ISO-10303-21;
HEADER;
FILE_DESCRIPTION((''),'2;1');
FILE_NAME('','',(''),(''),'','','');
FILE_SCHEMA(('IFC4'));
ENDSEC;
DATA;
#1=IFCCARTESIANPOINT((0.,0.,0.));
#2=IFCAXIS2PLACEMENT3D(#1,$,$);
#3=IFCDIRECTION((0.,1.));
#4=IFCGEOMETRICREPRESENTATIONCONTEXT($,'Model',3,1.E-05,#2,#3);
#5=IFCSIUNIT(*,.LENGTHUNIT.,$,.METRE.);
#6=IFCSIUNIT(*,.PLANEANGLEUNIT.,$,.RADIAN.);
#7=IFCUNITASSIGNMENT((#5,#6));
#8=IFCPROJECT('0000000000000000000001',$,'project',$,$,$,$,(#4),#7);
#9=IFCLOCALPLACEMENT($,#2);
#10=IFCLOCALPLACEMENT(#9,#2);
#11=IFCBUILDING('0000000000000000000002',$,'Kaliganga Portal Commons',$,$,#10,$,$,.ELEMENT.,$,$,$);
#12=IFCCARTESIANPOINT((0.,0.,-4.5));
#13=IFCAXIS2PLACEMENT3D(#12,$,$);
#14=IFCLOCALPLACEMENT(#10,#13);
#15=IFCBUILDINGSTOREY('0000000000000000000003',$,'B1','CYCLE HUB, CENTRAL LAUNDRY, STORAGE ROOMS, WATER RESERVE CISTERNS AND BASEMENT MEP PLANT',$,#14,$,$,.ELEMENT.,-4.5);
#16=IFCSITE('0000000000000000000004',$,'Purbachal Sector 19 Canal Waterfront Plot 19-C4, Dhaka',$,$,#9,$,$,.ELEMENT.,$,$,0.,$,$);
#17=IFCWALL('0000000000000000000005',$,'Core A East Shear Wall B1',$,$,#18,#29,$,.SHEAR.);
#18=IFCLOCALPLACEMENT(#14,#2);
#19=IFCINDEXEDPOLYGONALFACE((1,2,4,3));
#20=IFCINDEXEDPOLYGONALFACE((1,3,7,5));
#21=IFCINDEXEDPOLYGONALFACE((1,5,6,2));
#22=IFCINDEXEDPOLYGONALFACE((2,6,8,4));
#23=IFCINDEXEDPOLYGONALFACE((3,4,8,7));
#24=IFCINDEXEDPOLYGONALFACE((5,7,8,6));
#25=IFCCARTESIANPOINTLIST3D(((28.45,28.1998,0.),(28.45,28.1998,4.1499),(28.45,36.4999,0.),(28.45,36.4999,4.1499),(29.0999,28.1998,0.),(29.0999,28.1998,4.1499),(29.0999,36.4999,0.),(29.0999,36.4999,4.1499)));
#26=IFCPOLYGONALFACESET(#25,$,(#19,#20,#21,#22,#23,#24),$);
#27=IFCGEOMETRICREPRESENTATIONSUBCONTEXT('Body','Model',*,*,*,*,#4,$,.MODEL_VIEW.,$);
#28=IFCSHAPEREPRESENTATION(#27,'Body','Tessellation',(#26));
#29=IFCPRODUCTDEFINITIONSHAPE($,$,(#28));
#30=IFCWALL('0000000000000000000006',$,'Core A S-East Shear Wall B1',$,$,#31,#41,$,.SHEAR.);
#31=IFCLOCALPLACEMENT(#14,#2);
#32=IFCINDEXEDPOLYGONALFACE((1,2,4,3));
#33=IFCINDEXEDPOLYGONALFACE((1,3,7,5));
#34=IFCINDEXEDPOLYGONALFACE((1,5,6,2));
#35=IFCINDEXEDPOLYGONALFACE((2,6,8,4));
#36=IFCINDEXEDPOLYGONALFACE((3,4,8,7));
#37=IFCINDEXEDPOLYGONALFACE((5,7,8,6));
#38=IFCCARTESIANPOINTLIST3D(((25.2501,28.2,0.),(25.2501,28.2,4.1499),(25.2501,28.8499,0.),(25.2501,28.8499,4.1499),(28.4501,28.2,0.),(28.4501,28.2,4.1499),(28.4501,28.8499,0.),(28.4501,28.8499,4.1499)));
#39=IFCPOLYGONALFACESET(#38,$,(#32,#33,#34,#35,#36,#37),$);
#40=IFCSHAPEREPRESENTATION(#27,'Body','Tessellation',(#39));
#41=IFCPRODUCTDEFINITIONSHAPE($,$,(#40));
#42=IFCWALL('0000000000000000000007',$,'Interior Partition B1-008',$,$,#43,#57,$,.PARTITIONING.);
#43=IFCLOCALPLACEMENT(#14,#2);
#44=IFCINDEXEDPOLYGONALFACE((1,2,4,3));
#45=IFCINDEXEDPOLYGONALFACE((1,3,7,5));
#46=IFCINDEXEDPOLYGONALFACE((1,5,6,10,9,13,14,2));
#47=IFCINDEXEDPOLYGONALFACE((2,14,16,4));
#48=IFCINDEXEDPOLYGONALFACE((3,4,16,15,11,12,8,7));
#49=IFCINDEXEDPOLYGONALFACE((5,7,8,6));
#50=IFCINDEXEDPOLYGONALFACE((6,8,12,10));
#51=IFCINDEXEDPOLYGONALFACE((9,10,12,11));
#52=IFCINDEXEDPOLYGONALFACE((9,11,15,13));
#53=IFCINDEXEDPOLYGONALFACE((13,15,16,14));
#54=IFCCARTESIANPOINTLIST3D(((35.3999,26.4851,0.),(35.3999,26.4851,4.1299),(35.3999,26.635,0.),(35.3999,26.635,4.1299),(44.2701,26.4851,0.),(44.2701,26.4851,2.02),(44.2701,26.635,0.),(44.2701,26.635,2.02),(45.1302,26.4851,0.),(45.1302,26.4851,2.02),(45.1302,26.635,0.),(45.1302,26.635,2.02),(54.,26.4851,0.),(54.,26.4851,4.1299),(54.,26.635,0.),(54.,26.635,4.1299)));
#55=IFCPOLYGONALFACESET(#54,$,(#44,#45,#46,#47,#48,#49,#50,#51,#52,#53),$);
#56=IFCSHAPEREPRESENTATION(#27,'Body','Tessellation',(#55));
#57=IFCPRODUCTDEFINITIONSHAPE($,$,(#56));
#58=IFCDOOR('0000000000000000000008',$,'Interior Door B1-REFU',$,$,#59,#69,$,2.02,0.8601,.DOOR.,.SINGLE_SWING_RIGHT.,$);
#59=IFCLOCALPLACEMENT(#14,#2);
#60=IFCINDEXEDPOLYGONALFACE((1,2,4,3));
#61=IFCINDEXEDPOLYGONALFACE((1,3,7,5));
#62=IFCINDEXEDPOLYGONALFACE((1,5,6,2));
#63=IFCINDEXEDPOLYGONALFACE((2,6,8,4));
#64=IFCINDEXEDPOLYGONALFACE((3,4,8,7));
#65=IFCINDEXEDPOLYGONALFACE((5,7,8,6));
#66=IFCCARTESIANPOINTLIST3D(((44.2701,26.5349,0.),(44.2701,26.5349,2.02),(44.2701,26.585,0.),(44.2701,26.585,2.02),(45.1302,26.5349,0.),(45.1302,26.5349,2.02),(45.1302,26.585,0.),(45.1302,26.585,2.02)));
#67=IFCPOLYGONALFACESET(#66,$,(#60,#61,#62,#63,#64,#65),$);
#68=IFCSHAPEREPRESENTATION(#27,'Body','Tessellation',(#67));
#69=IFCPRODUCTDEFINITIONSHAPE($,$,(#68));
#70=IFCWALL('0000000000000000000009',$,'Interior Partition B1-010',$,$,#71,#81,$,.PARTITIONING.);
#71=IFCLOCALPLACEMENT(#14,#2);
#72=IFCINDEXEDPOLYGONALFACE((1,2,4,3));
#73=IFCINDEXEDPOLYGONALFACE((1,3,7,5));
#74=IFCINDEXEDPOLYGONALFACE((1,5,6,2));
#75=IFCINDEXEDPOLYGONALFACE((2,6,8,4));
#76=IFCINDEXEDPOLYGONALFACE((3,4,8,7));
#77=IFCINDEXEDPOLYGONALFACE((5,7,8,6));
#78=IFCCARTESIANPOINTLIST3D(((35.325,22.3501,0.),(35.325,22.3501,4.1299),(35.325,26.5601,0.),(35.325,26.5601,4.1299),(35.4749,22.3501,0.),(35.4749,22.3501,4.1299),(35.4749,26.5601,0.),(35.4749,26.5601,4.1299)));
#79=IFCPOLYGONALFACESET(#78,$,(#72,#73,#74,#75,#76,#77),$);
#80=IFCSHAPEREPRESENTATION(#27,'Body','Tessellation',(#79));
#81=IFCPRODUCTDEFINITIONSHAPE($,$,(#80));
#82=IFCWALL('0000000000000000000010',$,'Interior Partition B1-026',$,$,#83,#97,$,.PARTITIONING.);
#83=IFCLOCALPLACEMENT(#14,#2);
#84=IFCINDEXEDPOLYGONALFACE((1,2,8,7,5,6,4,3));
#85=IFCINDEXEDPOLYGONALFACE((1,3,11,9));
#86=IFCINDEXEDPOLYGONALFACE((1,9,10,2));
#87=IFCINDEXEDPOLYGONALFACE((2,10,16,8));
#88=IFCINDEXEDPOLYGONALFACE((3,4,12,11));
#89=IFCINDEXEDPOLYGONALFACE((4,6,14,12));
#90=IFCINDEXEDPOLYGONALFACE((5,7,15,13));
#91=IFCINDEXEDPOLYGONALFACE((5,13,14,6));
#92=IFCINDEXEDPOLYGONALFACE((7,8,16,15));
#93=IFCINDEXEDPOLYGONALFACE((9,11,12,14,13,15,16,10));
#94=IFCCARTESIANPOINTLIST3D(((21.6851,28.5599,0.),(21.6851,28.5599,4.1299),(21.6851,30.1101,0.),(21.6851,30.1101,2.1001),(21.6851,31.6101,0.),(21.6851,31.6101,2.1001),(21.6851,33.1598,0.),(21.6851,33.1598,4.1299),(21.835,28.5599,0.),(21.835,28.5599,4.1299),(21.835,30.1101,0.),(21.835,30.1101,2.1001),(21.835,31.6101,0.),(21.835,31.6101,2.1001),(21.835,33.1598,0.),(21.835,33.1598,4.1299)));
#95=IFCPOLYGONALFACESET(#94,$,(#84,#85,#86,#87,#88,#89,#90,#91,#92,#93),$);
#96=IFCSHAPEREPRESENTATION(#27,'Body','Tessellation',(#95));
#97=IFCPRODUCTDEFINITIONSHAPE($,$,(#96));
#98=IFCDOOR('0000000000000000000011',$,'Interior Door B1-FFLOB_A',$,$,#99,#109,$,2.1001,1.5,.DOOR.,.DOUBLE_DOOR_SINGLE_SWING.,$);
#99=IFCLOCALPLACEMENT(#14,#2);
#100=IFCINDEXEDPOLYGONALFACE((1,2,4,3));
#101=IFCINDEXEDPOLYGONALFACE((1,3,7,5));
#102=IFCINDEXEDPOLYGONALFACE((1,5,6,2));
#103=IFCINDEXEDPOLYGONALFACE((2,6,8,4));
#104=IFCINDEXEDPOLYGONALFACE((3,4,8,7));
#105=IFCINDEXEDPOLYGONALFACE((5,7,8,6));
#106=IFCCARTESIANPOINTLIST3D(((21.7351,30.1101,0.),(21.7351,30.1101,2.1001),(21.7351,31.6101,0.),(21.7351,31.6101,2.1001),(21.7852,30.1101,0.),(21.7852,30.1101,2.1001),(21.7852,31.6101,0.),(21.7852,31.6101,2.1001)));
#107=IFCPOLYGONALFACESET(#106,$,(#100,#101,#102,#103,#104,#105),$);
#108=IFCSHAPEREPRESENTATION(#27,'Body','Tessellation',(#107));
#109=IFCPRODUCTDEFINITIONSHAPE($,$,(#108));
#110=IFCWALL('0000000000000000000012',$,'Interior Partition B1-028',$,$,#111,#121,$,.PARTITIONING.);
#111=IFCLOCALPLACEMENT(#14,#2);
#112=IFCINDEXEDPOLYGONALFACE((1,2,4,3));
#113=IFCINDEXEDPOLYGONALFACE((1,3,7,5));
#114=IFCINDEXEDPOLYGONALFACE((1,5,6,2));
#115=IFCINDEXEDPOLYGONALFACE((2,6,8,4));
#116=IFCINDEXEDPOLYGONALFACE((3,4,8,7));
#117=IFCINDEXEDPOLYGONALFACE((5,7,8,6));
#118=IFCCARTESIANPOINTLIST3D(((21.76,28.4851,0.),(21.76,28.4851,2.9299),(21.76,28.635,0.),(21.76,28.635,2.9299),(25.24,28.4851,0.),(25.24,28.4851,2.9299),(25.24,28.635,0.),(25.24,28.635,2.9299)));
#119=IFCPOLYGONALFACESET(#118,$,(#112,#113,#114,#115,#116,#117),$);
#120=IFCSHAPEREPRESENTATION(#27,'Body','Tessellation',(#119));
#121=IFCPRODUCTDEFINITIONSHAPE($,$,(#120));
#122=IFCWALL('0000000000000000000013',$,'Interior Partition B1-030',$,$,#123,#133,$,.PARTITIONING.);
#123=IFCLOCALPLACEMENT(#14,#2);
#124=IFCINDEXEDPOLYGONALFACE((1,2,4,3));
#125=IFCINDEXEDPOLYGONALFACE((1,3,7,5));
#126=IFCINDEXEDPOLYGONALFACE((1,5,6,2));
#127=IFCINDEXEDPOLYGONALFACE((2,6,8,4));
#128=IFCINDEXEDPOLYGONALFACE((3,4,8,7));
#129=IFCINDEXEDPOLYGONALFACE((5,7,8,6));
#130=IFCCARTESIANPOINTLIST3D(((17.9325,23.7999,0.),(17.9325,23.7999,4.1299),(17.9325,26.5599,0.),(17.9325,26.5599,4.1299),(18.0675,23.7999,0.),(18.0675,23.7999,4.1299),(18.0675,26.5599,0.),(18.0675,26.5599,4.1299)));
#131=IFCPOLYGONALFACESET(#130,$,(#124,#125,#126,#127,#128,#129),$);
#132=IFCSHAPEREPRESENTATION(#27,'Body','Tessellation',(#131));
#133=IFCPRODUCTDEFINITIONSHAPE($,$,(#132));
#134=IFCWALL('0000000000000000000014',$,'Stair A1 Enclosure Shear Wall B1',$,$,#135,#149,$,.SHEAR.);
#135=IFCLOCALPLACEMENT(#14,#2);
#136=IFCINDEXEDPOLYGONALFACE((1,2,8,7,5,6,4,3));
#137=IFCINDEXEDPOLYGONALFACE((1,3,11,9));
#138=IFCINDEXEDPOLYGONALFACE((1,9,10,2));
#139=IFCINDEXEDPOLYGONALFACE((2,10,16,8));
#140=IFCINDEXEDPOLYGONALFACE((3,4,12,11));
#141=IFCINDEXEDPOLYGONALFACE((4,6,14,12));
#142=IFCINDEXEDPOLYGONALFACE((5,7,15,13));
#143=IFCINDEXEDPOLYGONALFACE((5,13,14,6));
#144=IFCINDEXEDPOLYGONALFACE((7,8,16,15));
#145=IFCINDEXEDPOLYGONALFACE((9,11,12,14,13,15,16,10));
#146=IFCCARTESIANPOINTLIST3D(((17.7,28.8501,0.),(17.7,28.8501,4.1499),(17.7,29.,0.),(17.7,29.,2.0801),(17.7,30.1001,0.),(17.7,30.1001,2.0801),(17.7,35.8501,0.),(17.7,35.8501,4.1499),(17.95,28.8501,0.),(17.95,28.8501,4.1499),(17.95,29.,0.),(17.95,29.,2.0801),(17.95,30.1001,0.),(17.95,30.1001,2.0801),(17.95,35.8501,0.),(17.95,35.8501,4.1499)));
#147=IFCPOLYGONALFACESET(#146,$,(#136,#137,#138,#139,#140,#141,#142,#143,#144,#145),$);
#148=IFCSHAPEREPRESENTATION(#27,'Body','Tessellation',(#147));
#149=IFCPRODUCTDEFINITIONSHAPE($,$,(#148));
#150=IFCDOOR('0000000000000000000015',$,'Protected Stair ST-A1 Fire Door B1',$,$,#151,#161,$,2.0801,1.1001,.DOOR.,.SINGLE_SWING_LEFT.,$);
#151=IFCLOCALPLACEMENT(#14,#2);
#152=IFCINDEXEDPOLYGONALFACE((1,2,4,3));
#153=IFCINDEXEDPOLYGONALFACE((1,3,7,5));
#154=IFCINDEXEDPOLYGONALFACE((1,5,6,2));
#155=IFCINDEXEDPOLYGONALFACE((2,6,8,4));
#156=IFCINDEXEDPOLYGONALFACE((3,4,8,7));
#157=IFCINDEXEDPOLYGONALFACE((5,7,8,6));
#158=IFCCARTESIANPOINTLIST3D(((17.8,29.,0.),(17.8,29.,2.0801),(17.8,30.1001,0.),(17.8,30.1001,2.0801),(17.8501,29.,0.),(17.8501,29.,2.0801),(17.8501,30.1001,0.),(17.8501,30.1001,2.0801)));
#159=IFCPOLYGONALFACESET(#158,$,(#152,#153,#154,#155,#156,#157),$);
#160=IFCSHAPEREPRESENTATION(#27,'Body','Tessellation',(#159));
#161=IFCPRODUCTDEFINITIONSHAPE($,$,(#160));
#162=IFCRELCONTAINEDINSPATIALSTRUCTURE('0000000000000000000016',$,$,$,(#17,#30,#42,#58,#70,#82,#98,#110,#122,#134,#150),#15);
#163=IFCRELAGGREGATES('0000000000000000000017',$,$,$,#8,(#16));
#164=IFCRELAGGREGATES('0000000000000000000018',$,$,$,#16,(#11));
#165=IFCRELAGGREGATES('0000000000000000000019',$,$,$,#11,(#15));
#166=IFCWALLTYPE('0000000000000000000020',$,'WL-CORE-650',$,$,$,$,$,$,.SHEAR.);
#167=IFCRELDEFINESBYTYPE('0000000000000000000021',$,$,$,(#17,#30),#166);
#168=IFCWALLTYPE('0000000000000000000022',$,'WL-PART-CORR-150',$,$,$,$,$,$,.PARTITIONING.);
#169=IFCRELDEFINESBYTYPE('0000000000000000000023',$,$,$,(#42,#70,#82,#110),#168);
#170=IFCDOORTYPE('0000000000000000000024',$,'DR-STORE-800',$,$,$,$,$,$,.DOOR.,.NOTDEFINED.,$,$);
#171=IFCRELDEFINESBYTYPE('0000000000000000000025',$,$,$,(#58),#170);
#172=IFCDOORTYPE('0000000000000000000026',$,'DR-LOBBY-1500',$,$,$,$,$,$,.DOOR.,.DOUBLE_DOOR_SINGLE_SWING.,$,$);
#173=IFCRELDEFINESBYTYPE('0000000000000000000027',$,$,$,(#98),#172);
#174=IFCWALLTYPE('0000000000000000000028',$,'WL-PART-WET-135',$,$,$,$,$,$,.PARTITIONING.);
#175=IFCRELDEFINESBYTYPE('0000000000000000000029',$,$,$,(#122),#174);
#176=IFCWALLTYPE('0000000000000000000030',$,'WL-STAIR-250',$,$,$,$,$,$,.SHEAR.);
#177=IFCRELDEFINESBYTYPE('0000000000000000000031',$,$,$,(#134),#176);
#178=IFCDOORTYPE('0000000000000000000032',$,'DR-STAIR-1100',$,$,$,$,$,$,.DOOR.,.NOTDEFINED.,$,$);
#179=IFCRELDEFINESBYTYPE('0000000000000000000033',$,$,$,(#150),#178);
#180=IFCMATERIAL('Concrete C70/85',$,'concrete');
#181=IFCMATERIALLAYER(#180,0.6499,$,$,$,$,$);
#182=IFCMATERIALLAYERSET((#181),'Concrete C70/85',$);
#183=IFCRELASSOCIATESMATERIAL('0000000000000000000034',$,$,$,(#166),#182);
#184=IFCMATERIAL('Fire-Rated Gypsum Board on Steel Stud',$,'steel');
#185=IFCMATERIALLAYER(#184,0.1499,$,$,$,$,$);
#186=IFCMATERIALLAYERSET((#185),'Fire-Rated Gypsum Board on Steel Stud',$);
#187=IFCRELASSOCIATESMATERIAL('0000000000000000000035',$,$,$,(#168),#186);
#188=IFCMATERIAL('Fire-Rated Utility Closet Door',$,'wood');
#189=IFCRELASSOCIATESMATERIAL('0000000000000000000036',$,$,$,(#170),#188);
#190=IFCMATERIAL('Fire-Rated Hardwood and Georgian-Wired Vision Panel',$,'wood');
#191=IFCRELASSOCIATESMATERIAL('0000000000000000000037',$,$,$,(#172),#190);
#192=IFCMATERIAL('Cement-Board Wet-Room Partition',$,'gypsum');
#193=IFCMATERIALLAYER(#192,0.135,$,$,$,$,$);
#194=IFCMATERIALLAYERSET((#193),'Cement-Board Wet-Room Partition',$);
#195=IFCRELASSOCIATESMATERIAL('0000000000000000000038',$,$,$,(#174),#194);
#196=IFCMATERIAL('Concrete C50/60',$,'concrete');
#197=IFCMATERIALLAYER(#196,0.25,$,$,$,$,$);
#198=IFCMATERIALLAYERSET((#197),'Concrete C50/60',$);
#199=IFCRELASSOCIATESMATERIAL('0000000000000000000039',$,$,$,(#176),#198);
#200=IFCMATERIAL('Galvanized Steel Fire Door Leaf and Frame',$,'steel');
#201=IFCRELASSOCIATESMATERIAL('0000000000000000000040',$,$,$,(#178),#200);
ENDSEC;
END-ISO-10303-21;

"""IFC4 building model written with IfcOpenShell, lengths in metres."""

from ifc_helpers import new_model, si_unit, direction, frame, frame_2d, origin, place, context, subcontext, project, spatial, rectangle, extrude, material, layer, layer_set, type_object, element, fill, save


model = new_model("IFC4")

# Units and contexts
model_context = context("Model", 3, precision=1e-05, world=origin(), true_north=direction((0.0, 1.0)))
body_context = subcontext(model_context, "Body", "Model", "MODEL_VIEW")
ifc_project = project(units=[si_unit("LENGTHUNIT", "METRE"), si_unit("PLANEANGLEUNIT", "RADIAN")], contexts=[model_context])

# Site, building, storey
site_placement = place(None, origin())
site = spatial("IfcSite", under=ifc_project, at=site_placement, Name="Purbachal Sector 19 Canal Waterfront Plot 19-C4, Dhaka", CompositionType="ELEMENT", RefElevation=0.0)
building_placement = place(site_placement, origin())
building = spatial("IfcBuilding", under=site, at=building_placement, Name="Kaliganga Portal Commons", CompositionType="ELEMENT")
storey_placement = place(building_placement, frame((0.0, 0.0, -4.5)))
storey = spatial("IfcBuildingStorey", under=building, at=storey_placement, Name="B1", Description="CYCLE HUB, CENTRAL LAUNDRY, STORAGE ROOMS, WATER RESERVE CISTERNS AND BASEMENT MEP PLANT", CompositionType="ELEMENT", Elevation=-4.5)

# Shared definitions
ifc_material_1 = material(Name="Concrete C70/85", Category="concrete")

# Walls
ifc_layer_1 = layer(ifc_material_1, 0.6499)
ifc_layer_set_1 = layer_set([ifc_layer_1], Name="Concrete C70/85")
wall_type_1 = type_object("IfcWallType", Name="WL-CORE-650", PredefinedType="SHEAR", material=ifc_layer_set_1)
wall_1_placement = place(storey_placement, frame((28.7749, 28.2, 0.0), z_axis=(0.0, 0.0, 1.0), x_axis=(0.0, 1.0, 0.0)))
element("IfcWall", 1, at=wall_1_placement, inside=storey, type_object=wall_type_1, Name="Core A East Shear Wall B1", PredefinedType="SHEAR", context=body_context, shape_type="SweptSolid", body=[
    extrude(rectangle(XDim=8.3, YDim=0.6499, at=frame_2d((4.1499, 0.0))), origin(), (0.0, 0.0, 1.0), 4.1499),
])
wall_2_placement = place(storey_placement, frame((25.25, 28.5249, 0.0), z_axis=(0.0, 0.0, 1.0), x_axis=(1.0, 0.0, 0.0)))
element("IfcWall", 2, at=wall_2_placement, inside=storey, type_object=wall_type_1, Name="Core A S-East Shear Wall B1", PredefinedType="SHEAR", context=body_context, shape_type="SweptSolid", body=[
    extrude(rectangle(XDim=3.2, YDim=0.6499, at=frame_2d((1.6001, 0.0))), origin(), (0.0, 0.0, 1.0), 4.1499),
])

# Wall, opening, door
ifc_material_2 = material(Name="Fire-Rated Gypsum Board on Steel Stud", Category="steel")
ifc_layer_2 = layer(ifc_material_2, 0.1499)
ifc_layer_set_2 = layer_set([ifc_layer_2], Name="Fire-Rated Gypsum Board on Steel Stud")
wall_type_2 = type_object("IfcWallType", Name="WL-PART-CORR-150", PredefinedType="PARTITIONING", material=ifc_layer_set_2)
wall_3_placement = place(storey_placement, frame((35.3999, 26.5601, 0.0), z_axis=(0.0, 0.0, 1.0), x_axis=(1.0, 0.0, 0.0)))
wall_3 = element("IfcWall", 3, at=wall_3_placement, inside=storey, type_object=wall_type_2, Name="Interior Partition B1-008", PredefinedType="PARTITIONING", context=body_context, shape_type="SweptSolid", body=[
    extrude(rectangle(XDim=18.6001, YDim=0.1499, at=frame_2d((9.3, 0.0))), origin(), (0.0, 0.0, 1.0), 4.1299),
])
opening_1_placement = place(wall_3_placement, frame((8.8701, 0.0, 0.0)))
opening_1 = element("IfcOpeningElement", 4, at=opening_1_placement, cuts=wall_3, PredefinedType="OPENING", context=body_context, shape_type="SweptSolid", body=[
    extrude(rectangle(XDim=0.8601, YDim=2.02, at=frame_2d((0.4302, 1.01))), frame((0.0, 0.085, 0.0), z_axis=(0.0, -1.0, 0.0), x_axis=(1.0, 0.0, 0.0)), (0.0, 0.0, 1.0), 0.1699),
])
ifc_material_3 = material(Name="Fire-Rated Utility Closet Door", Category="wood")
door_type_1 = type_object("IfcDoorType", Name="DR-STORE-800", OperationType="NOTDEFINED", PredefinedType="DOOR", material=ifc_material_3)
door_1_placement = place(opening_1_placement, origin())
door_1 = element("IfcDoor", 5, at=door_1_placement, inside=storey, type_object=door_type_1, Name="Interior Door B1-REFU", OperationType="SINGLE_SWING_RIGHT", OverallHeight=2.02, OverallWidth=0.8601, PredefinedType="DOOR", context=body_context, shape_type="SweptSolid", body=[
    extrude(rectangle(XDim=0.8601, YDim=2.02, at=frame_2d((0.4302, 1.01))), frame((0.0, 0.0249, 0.0), z_axis=(0.0, -1.0, 0.0), x_axis=(1.0, 0.0, 0.0)), (0.0, 0.0, 1.0), 0.05),
])
fill(opening_1, door_1)

# Wall
wall_4_placement = place(storey_placement, frame((35.3999, 22.3501, 0.0), z_axis=(0.0, 0.0, 1.0), x_axis=(0.0, 1.0, 0.0)))
element("IfcWall", 6, at=wall_4_placement, inside=storey, type_object=wall_type_2, Name="Interior Partition B1-010", PredefinedType="PARTITIONING", context=body_context, shape_type="SweptSolid", body=[
    extrude(rectangle(XDim=4.21, YDim=0.1499, at=frame_2d((2.105, 0.0))), origin(), (0.0, 0.0, 1.0), 4.1299),
])

# Wall, opening, door
wall_5_placement = place(storey_placement, frame((21.76, 28.5601, 0.0), z_axis=(0.0, 0.0, 1.0), x_axis=(0.0, 1.0, 0.0)))
wall_5 = element("IfcWall", 7, at=wall_5_placement, inside=storey, type_object=wall_type_2, Name="Interior Partition B1-026", PredefinedType="PARTITIONING", context=body_context, shape_type="SweptSolid", body=[
    extrude(rectangle(XDim=4.5999, YDim=0.1499, at=frame_2d((2.2998, 0.0))), origin(), (0.0, 0.0, 1.0), 4.1299),
])
opening_2_placement = place(wall_5_placement, frame((1.55, 0.0, 0.0)))
opening_2 = element("IfcOpeningElement", 8, at=opening_2_placement, cuts=wall_5, PredefinedType="OPENING", context=body_context, shape_type="SweptSolid", body=[
    extrude(rectangle(XDim=1.5, YDim=2.1001, at=frame_2d((0.75, 1.05))), frame((0.0, 0.085, 0.0), z_axis=(0.0, -1.0, 0.0), x_axis=(1.0, 0.0, 0.0)), (0.0, 0.0, 1.0), 0.1699),
])
ifc_material_4 = material(Name="Fire-Rated Hardwood and Georgian-Wired Vision Panel", Category="wood")
door_type_2 = type_object("IfcDoorType", Name="DR-LOBBY-1500", OperationType="DOUBLE_DOOR_SINGLE_SWING", PredefinedType="DOOR", material=ifc_material_4)
door_2_placement = place(opening_2_placement, origin())
door_2 = element("IfcDoor", 9, at=door_2_placement, inside=storey, type_object=door_type_2, Name="Interior Door B1-FFLOB_A", OperationType="DOUBLE_DOOR_SINGLE_SWING", OverallHeight=2.1001, OverallWidth=1.5, PredefinedType="DOOR", context=body_context, shape_type="SweptSolid", body=[
    extrude(rectangle(XDim=1.5, YDim=2.1001, at=frame_2d((0.75, 1.05))), frame((0.0, 0.0249, 0.0), z_axis=(0.0, -1.0, 0.0), x_axis=(1.0, 0.0, 0.0)), (0.0, 0.0, 1.0), 0.05),
])
fill(opening_2, door_2)

# Walls
wall_6_placement = place(storey_placement, frame((21.76, 28.5601, 0.0), z_axis=(0.0, 0.0, 1.0), x_axis=(1.0, 0.0, 0.0)))
element("IfcWall", 10, at=wall_6_placement, inside=storey, type_object=wall_type_2, Name="Interior Partition B1-028", PredefinedType="PARTITIONING", context=body_context, shape_type="SweptSolid", body=[
    extrude(rectangle(XDim=3.48, YDim=0.1499, at=frame_2d((1.74, 0.0))), origin(), (0.0, 0.0, 1.0), 2.9299),
])
ifc_material_5 = material(Name="Cement-Board Wet-Room Partition", Category="gypsum")
ifc_layer_3 = layer(ifc_material_5, 0.135)
ifc_layer_set_3 = layer_set([ifc_layer_3], Name="Cement-Board Wet-Room Partition")
wall_type_3 = type_object("IfcWallType", Name="WL-PART-WET-135", PredefinedType="PARTITIONING", material=ifc_layer_set_3)
wall_7_placement = place(storey_placement, frame((18.0, 23.8, 0.0), z_axis=(0.0, 0.0, 1.0), x_axis=(0.0, 1.0, 0.0)))
element("IfcWall", 11, at=wall_7_placement, inside=storey, type_object=wall_type_3, Name="Interior Partition B1-030", PredefinedType="PARTITIONING", context=body_context, shape_type="SweptSolid", body=[
    extrude(rectangle(XDim=2.76, YDim=0.135, at=frame_2d((1.3799, 0.0))), origin(), (0.0, 0.0, 1.0), 4.1299),
])

# Wall, opening, door
ifc_material_6 = material(Name="Concrete C50/60", Category="concrete")
ifc_layer_4 = layer(ifc_material_6, 0.25)
ifc_layer_set_4 = layer_set([ifc_layer_4], Name="Concrete C50/60")
wall_type_4 = type_object("IfcWallType", Name="WL-STAIR-250", PredefinedType="SHEAR", material=ifc_layer_set_4)
wall_8_placement = place(storey_placement, frame((17.825, 28.8501, 0.0), z_axis=(0.0, 0.0, 1.0), x_axis=(0.0, 1.0, 0.0)))
wall_8 = element("IfcWall", 12, at=wall_8_placement, inside=storey, type_object=wall_type_4, Name="Stair A1 Enclosure Shear Wall B1", PredefinedType="SHEAR", context=body_context, shape_type="SweptSolid", body=[
    extrude(rectangle(XDim=7.0, YDim=0.25, at=frame_2d((3.5, 0.0))), origin(), (0.0, 0.0, 1.0), 4.1499),
])
opening_3_placement = place(wall_8_placement, frame((0.1499, 0.0, 0.0)))
opening_3 = element("IfcOpeningElement", 13, at=opening_3_placement, cuts=wall_8, PredefinedType="OPENING", context=body_context, shape_type="SweptSolid", body=[
    extrude(rectangle(XDim=1.1001, YDim=2.0801, at=frame_2d((0.55, 1.04))), frame((0.0, 0.135, 0.0), z_axis=(0.0, -1.0, 0.0), x_axis=(1.0, 0.0, 0.0)), (0.0, 0.0, 1.0), 0.27),
])
ifc_material_7 = material(Name="Galvanized Steel Fire Door Leaf and Frame", Category="steel")
door_type_3 = type_object("IfcDoorType", Name="DR-STAIR-1100", OperationType="NOTDEFINED", PredefinedType="DOOR", material=ifc_material_7)
door_3_placement = place(opening_3_placement, origin())
door_3 = element("IfcDoor", 14, at=door_3_placement, inside=storey, type_object=door_type_3, Name="Protected Stair ST-A1 Fire Door B1", OperationType="SINGLE_SWING_LEFT", OverallHeight=2.0801, OverallWidth=1.1001, PredefinedType="DOOR", context=body_context, shape_type="SweptSolid", body=[
    extrude(rectangle(XDim=1.1001, YDim=2.0801, at=frame_2d((0.55, 1.04))), frame((0.0, 0.0249, 0.0), z_axis=(0.0, -1.0, 0.0), x_axis=(1.0, 0.0, 0.0)), (0.0, 0.0, 1.0), 0.05),
])
fill(opening_3, door_3)

save(model, "model.ifc")
